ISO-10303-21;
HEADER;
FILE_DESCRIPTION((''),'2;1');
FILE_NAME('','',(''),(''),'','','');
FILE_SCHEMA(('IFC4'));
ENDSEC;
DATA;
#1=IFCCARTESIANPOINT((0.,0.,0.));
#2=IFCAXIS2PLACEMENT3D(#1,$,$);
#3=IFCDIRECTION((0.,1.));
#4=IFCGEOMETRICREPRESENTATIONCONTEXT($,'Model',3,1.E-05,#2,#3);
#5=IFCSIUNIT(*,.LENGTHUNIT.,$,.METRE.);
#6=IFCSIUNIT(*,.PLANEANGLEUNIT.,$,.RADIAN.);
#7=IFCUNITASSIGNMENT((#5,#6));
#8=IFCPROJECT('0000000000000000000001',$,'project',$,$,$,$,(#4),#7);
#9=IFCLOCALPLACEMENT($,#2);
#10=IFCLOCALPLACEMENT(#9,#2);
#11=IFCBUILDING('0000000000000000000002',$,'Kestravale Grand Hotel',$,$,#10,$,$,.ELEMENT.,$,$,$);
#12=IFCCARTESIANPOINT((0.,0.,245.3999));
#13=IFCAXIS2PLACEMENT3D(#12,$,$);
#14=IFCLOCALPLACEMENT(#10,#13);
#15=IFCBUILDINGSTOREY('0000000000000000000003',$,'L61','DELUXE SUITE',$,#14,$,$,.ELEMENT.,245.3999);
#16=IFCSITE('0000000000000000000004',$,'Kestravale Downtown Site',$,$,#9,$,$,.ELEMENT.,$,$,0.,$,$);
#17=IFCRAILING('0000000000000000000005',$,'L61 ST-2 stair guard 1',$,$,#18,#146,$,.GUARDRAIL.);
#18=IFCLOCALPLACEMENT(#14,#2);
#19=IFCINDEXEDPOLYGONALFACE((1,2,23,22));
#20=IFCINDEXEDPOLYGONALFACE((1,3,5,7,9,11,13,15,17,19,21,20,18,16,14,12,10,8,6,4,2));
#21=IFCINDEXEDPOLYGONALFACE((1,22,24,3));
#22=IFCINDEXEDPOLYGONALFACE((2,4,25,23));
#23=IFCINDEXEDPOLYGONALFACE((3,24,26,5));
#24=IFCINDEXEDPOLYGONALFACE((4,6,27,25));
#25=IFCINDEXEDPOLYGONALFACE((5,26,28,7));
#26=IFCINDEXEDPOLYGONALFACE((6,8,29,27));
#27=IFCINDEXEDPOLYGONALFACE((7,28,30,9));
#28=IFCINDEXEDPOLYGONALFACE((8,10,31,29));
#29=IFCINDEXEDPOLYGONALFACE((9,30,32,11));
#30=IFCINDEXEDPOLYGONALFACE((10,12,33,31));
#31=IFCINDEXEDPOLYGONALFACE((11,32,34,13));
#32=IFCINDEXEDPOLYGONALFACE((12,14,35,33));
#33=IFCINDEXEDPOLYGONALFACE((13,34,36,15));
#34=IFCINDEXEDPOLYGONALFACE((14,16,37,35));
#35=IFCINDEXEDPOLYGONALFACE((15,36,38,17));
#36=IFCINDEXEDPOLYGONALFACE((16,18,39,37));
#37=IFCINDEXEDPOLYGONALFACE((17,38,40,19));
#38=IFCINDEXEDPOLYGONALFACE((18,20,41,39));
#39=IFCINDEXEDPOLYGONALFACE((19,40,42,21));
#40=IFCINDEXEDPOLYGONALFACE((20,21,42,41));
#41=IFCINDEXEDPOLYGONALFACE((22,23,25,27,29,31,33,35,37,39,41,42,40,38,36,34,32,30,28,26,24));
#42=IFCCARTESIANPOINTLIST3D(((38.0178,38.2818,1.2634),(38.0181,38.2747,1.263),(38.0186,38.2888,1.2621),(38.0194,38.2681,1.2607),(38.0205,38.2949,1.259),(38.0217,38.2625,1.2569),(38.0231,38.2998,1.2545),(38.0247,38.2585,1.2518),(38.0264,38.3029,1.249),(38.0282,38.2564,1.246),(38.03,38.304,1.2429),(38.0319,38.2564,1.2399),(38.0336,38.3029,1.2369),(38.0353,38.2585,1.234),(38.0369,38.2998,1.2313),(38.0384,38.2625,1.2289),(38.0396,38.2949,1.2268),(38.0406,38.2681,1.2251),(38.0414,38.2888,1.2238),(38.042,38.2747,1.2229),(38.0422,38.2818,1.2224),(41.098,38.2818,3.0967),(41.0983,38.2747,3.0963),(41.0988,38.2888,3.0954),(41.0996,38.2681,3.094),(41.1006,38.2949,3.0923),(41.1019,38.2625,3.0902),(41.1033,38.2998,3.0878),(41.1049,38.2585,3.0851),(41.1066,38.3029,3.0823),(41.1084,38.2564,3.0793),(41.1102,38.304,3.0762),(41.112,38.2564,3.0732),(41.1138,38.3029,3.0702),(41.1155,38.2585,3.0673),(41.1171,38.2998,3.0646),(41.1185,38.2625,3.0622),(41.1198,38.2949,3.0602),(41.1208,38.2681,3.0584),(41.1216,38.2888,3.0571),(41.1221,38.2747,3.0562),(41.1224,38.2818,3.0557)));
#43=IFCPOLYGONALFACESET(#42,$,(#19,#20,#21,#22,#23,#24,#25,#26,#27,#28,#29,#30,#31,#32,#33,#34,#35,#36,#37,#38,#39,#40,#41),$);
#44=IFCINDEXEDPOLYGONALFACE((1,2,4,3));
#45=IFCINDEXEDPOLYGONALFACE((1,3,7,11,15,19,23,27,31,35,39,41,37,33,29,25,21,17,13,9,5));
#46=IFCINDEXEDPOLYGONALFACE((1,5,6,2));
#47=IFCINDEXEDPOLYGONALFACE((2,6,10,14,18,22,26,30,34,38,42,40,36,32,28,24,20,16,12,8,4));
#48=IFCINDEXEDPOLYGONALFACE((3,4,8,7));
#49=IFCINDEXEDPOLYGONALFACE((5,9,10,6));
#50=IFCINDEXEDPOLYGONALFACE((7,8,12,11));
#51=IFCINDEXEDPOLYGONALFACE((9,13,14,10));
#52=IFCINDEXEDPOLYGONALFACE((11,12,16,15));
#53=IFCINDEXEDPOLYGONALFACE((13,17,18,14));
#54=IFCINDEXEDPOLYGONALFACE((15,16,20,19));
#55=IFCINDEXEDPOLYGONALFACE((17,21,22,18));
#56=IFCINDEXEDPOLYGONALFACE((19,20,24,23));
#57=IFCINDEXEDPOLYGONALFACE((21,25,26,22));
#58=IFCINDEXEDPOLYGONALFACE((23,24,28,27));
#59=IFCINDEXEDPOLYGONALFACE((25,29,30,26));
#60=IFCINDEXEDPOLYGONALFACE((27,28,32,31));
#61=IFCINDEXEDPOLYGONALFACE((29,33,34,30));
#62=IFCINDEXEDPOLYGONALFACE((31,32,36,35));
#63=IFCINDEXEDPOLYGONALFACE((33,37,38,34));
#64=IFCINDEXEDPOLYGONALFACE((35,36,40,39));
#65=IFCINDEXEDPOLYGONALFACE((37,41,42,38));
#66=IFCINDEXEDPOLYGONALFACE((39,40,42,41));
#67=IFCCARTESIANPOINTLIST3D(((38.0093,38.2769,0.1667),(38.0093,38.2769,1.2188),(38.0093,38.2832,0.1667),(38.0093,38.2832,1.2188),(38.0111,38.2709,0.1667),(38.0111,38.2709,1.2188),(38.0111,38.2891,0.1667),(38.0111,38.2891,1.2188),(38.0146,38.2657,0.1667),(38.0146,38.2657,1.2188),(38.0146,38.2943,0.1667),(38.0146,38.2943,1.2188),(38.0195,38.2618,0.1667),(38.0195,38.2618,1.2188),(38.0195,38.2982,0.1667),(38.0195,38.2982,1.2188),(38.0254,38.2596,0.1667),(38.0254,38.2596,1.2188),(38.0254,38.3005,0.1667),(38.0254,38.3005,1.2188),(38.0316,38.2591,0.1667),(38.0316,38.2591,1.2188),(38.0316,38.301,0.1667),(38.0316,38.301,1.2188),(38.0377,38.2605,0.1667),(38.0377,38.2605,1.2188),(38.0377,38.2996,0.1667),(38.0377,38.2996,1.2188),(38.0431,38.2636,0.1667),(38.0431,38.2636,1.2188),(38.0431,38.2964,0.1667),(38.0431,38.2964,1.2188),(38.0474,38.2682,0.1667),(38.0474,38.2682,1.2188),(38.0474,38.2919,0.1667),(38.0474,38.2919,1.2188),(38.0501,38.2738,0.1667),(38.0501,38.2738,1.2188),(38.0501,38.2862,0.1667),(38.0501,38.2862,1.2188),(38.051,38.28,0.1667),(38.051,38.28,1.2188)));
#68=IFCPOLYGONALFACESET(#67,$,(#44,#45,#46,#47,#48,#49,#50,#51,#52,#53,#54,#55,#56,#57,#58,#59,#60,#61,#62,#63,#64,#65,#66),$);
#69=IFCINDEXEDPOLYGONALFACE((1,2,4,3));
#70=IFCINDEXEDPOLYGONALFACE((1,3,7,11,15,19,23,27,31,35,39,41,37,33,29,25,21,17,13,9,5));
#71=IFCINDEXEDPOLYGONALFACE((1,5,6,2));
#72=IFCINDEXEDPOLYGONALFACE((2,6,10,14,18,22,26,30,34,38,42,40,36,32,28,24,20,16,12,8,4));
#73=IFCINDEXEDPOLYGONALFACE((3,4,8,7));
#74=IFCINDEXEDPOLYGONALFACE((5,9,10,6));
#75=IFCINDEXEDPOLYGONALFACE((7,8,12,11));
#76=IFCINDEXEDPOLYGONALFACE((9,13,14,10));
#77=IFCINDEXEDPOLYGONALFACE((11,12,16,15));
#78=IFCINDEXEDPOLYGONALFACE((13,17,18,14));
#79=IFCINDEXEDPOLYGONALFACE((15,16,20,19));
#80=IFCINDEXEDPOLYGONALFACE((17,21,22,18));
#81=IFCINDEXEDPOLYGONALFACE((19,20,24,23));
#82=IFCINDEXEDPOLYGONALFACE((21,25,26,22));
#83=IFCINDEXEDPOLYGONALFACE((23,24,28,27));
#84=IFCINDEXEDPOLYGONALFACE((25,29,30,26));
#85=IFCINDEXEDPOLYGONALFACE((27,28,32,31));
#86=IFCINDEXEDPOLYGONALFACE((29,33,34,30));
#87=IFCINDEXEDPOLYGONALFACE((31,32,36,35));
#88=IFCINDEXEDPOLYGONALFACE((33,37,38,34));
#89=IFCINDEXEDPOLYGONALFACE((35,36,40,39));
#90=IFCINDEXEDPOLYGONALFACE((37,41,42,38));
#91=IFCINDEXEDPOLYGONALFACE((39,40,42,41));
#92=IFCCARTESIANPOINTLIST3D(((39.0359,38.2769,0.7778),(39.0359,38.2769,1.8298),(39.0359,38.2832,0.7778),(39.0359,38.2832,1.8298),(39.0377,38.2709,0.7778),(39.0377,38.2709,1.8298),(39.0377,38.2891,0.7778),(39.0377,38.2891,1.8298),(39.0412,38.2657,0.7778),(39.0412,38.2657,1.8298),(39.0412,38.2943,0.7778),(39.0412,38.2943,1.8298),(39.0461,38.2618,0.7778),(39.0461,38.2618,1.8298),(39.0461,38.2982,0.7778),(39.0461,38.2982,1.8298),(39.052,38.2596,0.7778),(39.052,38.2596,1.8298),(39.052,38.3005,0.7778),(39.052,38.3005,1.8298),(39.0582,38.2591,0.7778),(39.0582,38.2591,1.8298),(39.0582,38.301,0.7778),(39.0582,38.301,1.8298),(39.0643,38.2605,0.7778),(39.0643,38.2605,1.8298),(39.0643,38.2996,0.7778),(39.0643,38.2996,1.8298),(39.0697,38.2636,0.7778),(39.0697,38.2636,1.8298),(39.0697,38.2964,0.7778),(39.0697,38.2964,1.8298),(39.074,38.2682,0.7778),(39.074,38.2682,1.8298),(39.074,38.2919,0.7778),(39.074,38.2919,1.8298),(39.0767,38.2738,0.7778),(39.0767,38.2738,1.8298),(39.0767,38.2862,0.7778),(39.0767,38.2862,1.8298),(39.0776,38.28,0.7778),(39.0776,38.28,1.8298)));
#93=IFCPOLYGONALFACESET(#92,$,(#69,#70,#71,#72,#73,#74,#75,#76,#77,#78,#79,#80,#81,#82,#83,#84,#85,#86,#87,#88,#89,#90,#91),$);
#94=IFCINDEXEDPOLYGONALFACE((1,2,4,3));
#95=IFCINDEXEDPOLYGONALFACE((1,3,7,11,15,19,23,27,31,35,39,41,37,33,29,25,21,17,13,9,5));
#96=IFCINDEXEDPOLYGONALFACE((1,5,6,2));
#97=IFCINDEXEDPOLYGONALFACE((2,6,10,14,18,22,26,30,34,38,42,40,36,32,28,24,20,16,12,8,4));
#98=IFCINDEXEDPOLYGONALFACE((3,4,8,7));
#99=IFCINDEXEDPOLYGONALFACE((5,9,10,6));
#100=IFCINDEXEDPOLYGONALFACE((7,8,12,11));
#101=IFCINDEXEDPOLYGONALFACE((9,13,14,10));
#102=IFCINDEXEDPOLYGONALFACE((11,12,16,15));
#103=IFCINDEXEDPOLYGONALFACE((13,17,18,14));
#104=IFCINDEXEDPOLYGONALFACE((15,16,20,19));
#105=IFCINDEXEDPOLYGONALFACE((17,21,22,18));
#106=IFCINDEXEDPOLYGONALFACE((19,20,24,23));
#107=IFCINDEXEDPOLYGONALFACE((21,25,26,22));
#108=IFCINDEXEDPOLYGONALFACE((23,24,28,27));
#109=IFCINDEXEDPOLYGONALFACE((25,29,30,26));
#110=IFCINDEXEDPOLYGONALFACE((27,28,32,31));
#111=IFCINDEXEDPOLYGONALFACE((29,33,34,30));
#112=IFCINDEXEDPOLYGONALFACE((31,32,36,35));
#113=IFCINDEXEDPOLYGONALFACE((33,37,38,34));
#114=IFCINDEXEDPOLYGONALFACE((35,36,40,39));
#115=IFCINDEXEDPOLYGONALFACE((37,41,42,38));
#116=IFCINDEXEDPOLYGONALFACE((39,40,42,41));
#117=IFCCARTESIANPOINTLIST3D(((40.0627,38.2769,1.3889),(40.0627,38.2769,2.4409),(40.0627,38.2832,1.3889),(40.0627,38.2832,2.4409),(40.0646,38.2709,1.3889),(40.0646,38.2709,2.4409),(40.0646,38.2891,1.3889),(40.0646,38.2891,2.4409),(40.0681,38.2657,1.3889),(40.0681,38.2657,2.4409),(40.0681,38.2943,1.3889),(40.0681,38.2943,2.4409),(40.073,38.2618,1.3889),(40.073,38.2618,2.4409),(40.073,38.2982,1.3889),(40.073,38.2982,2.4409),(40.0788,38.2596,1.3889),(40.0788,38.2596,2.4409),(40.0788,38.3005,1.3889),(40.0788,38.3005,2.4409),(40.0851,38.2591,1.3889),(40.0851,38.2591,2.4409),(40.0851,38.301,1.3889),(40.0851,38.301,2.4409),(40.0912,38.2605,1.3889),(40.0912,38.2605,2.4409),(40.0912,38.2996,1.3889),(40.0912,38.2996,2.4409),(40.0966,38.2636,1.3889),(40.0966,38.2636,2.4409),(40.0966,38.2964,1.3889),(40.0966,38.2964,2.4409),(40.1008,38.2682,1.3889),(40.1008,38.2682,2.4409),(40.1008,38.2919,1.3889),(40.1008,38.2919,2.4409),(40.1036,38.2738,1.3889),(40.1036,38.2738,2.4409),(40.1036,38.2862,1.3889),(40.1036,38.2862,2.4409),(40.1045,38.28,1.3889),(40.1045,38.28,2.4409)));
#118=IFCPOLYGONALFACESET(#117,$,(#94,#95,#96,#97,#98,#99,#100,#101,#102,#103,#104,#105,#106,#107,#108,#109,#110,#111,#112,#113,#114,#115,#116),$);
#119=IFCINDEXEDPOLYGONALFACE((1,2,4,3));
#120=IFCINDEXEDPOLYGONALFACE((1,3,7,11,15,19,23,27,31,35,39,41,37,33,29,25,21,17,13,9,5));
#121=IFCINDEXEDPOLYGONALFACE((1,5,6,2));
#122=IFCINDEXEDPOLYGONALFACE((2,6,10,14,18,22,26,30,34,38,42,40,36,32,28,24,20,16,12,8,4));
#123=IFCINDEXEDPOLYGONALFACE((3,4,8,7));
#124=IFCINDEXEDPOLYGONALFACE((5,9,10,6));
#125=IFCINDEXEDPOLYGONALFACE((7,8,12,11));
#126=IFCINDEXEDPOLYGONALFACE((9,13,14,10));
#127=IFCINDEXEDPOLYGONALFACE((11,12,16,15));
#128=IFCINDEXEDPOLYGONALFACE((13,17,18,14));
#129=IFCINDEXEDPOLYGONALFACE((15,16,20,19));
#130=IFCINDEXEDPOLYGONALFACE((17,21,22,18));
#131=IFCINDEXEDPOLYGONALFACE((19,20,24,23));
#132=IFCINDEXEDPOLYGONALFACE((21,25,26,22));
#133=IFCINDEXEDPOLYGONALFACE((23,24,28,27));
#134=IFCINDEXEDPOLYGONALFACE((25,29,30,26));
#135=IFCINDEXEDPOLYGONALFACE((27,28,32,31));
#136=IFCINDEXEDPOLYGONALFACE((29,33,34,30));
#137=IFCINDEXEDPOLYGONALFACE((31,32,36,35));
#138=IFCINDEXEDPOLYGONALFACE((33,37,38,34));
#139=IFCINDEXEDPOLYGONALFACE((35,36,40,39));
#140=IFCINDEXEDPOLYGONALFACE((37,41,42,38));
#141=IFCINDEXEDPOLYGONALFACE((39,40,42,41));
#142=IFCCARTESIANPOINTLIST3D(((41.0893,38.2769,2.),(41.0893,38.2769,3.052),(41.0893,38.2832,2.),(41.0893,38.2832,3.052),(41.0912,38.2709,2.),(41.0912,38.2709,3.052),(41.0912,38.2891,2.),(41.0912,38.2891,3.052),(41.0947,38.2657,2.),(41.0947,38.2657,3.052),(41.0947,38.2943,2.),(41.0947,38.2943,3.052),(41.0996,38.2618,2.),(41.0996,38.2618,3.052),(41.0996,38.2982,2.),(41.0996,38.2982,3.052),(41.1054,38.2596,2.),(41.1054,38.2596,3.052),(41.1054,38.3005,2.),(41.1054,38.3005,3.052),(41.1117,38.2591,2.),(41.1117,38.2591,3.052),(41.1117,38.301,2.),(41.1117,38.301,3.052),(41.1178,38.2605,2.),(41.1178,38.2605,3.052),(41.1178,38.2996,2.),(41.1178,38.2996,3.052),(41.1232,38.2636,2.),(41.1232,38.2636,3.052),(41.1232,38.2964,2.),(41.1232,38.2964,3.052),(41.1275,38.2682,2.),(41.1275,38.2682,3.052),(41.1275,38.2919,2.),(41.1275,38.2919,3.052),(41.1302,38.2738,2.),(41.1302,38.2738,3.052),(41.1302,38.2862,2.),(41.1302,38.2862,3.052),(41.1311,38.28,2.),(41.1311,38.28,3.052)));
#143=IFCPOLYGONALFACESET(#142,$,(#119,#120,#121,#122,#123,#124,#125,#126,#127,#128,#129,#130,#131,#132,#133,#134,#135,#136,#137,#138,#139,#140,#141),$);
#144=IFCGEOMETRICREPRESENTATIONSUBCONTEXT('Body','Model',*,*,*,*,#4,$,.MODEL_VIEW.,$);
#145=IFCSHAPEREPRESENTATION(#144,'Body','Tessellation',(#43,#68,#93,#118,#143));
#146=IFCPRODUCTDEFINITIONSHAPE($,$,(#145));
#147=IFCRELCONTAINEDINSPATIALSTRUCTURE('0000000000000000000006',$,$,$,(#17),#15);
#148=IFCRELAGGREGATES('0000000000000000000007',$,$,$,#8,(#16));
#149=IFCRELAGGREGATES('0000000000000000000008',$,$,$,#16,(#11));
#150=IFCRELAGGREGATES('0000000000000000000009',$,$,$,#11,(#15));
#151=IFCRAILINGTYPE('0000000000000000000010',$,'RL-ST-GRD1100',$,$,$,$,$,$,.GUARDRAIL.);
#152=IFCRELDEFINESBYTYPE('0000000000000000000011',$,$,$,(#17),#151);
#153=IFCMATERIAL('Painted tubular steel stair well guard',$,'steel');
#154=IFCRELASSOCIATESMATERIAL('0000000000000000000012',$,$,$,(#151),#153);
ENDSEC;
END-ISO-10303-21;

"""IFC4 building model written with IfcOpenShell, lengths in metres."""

from ifc_helpers import new_model, si_unit, direction, frame, origin, origin_2d, place, context, subcontext, project, spatial, circle, extrude, material, type_object, element, save


model = new_model("IFC4")

# Units and contexts
model_context = context("Model", 3, precision=1e-05, world=origin(), true_north=direction((0.0, 1.0)))
body_context = subcontext(model_context, "Body", "Model", "MODEL_VIEW")
ifc_project = project(units=[si_unit("LENGTHUNIT", "METRE"), si_unit("PLANEANGLEUNIT", "RADIAN")], contexts=[model_context])

# Site, building, storey
site_placement = place(None, origin())
site = spatial("IfcSite", under=ifc_project, at=site_placement, Name="Kestravale Downtown Site", CompositionType="ELEMENT", RefElevation=0.0)
building_placement = place(site_placement, origin())
building = spatial("IfcBuilding", under=site, at=building_placement, Name="Kestravale Grand Hotel", CompositionType="ELEMENT")
storey_placement = place(building_placement, frame((0.0, 0.0, 245.3999)))
storey = spatial("IfcBuildingStorey", under=building, at=storey_placement, Name="L61", Description="DELUXE SUITE", CompositionType="ELEMENT", Elevation=245.3999)

# Railing
ifc_material_1 = material(Name="Painted tubular steel stair well guard", Category="steel")
railing_type_1 = type_object("IfcRailingType", Name="RL-ST-GRD1100", PredefinedType="GUARDRAIL", material=ifc_material_1)
railing_1_placement = place(storey_placement, frame((38.03, 38.28, 0.1667)))
element("IfcRailing", 1, at=railing_1_placement, inside=storey, type_object=railing_type_1, Name="L61 ST-2 stair guard 1", PredefinedType="GUARDRAIL", context=body_context, shape_type="SweptSolid", body=[
    extrude(circle(Radius=0.0239, at=origin_2d()), frame((0.0, 0.0, 1.0762), z_axis=(0.859309, 0.0, 0.511458), x_axis=(0.0, 1.0, 0.0)), (0.0, 0.0, 1.0), 3.5845),
    extrude(circle(Radius=0.021, at=origin_2d()), origin(), (0.0, 0.0, 1.0), 1.052),
    extrude(circle(Radius=0.021, at=origin_2d()), frame((1.0266, 0.0, 0.6111)), (0.0, 0.0, 1.0), 1.052),
    extrude(circle(Radius=0.021, at=origin_2d()), frame((2.0535, 0.0, 1.2222)), (0.0, 0.0, 1.0), 1.052),
    extrude(circle(Radius=0.021, at=origin_2d()), frame((3.0801, 0.0, 1.8333)), (0.0, 0.0, 1.0), 1.052),
])

save(model, "model.ifc")
